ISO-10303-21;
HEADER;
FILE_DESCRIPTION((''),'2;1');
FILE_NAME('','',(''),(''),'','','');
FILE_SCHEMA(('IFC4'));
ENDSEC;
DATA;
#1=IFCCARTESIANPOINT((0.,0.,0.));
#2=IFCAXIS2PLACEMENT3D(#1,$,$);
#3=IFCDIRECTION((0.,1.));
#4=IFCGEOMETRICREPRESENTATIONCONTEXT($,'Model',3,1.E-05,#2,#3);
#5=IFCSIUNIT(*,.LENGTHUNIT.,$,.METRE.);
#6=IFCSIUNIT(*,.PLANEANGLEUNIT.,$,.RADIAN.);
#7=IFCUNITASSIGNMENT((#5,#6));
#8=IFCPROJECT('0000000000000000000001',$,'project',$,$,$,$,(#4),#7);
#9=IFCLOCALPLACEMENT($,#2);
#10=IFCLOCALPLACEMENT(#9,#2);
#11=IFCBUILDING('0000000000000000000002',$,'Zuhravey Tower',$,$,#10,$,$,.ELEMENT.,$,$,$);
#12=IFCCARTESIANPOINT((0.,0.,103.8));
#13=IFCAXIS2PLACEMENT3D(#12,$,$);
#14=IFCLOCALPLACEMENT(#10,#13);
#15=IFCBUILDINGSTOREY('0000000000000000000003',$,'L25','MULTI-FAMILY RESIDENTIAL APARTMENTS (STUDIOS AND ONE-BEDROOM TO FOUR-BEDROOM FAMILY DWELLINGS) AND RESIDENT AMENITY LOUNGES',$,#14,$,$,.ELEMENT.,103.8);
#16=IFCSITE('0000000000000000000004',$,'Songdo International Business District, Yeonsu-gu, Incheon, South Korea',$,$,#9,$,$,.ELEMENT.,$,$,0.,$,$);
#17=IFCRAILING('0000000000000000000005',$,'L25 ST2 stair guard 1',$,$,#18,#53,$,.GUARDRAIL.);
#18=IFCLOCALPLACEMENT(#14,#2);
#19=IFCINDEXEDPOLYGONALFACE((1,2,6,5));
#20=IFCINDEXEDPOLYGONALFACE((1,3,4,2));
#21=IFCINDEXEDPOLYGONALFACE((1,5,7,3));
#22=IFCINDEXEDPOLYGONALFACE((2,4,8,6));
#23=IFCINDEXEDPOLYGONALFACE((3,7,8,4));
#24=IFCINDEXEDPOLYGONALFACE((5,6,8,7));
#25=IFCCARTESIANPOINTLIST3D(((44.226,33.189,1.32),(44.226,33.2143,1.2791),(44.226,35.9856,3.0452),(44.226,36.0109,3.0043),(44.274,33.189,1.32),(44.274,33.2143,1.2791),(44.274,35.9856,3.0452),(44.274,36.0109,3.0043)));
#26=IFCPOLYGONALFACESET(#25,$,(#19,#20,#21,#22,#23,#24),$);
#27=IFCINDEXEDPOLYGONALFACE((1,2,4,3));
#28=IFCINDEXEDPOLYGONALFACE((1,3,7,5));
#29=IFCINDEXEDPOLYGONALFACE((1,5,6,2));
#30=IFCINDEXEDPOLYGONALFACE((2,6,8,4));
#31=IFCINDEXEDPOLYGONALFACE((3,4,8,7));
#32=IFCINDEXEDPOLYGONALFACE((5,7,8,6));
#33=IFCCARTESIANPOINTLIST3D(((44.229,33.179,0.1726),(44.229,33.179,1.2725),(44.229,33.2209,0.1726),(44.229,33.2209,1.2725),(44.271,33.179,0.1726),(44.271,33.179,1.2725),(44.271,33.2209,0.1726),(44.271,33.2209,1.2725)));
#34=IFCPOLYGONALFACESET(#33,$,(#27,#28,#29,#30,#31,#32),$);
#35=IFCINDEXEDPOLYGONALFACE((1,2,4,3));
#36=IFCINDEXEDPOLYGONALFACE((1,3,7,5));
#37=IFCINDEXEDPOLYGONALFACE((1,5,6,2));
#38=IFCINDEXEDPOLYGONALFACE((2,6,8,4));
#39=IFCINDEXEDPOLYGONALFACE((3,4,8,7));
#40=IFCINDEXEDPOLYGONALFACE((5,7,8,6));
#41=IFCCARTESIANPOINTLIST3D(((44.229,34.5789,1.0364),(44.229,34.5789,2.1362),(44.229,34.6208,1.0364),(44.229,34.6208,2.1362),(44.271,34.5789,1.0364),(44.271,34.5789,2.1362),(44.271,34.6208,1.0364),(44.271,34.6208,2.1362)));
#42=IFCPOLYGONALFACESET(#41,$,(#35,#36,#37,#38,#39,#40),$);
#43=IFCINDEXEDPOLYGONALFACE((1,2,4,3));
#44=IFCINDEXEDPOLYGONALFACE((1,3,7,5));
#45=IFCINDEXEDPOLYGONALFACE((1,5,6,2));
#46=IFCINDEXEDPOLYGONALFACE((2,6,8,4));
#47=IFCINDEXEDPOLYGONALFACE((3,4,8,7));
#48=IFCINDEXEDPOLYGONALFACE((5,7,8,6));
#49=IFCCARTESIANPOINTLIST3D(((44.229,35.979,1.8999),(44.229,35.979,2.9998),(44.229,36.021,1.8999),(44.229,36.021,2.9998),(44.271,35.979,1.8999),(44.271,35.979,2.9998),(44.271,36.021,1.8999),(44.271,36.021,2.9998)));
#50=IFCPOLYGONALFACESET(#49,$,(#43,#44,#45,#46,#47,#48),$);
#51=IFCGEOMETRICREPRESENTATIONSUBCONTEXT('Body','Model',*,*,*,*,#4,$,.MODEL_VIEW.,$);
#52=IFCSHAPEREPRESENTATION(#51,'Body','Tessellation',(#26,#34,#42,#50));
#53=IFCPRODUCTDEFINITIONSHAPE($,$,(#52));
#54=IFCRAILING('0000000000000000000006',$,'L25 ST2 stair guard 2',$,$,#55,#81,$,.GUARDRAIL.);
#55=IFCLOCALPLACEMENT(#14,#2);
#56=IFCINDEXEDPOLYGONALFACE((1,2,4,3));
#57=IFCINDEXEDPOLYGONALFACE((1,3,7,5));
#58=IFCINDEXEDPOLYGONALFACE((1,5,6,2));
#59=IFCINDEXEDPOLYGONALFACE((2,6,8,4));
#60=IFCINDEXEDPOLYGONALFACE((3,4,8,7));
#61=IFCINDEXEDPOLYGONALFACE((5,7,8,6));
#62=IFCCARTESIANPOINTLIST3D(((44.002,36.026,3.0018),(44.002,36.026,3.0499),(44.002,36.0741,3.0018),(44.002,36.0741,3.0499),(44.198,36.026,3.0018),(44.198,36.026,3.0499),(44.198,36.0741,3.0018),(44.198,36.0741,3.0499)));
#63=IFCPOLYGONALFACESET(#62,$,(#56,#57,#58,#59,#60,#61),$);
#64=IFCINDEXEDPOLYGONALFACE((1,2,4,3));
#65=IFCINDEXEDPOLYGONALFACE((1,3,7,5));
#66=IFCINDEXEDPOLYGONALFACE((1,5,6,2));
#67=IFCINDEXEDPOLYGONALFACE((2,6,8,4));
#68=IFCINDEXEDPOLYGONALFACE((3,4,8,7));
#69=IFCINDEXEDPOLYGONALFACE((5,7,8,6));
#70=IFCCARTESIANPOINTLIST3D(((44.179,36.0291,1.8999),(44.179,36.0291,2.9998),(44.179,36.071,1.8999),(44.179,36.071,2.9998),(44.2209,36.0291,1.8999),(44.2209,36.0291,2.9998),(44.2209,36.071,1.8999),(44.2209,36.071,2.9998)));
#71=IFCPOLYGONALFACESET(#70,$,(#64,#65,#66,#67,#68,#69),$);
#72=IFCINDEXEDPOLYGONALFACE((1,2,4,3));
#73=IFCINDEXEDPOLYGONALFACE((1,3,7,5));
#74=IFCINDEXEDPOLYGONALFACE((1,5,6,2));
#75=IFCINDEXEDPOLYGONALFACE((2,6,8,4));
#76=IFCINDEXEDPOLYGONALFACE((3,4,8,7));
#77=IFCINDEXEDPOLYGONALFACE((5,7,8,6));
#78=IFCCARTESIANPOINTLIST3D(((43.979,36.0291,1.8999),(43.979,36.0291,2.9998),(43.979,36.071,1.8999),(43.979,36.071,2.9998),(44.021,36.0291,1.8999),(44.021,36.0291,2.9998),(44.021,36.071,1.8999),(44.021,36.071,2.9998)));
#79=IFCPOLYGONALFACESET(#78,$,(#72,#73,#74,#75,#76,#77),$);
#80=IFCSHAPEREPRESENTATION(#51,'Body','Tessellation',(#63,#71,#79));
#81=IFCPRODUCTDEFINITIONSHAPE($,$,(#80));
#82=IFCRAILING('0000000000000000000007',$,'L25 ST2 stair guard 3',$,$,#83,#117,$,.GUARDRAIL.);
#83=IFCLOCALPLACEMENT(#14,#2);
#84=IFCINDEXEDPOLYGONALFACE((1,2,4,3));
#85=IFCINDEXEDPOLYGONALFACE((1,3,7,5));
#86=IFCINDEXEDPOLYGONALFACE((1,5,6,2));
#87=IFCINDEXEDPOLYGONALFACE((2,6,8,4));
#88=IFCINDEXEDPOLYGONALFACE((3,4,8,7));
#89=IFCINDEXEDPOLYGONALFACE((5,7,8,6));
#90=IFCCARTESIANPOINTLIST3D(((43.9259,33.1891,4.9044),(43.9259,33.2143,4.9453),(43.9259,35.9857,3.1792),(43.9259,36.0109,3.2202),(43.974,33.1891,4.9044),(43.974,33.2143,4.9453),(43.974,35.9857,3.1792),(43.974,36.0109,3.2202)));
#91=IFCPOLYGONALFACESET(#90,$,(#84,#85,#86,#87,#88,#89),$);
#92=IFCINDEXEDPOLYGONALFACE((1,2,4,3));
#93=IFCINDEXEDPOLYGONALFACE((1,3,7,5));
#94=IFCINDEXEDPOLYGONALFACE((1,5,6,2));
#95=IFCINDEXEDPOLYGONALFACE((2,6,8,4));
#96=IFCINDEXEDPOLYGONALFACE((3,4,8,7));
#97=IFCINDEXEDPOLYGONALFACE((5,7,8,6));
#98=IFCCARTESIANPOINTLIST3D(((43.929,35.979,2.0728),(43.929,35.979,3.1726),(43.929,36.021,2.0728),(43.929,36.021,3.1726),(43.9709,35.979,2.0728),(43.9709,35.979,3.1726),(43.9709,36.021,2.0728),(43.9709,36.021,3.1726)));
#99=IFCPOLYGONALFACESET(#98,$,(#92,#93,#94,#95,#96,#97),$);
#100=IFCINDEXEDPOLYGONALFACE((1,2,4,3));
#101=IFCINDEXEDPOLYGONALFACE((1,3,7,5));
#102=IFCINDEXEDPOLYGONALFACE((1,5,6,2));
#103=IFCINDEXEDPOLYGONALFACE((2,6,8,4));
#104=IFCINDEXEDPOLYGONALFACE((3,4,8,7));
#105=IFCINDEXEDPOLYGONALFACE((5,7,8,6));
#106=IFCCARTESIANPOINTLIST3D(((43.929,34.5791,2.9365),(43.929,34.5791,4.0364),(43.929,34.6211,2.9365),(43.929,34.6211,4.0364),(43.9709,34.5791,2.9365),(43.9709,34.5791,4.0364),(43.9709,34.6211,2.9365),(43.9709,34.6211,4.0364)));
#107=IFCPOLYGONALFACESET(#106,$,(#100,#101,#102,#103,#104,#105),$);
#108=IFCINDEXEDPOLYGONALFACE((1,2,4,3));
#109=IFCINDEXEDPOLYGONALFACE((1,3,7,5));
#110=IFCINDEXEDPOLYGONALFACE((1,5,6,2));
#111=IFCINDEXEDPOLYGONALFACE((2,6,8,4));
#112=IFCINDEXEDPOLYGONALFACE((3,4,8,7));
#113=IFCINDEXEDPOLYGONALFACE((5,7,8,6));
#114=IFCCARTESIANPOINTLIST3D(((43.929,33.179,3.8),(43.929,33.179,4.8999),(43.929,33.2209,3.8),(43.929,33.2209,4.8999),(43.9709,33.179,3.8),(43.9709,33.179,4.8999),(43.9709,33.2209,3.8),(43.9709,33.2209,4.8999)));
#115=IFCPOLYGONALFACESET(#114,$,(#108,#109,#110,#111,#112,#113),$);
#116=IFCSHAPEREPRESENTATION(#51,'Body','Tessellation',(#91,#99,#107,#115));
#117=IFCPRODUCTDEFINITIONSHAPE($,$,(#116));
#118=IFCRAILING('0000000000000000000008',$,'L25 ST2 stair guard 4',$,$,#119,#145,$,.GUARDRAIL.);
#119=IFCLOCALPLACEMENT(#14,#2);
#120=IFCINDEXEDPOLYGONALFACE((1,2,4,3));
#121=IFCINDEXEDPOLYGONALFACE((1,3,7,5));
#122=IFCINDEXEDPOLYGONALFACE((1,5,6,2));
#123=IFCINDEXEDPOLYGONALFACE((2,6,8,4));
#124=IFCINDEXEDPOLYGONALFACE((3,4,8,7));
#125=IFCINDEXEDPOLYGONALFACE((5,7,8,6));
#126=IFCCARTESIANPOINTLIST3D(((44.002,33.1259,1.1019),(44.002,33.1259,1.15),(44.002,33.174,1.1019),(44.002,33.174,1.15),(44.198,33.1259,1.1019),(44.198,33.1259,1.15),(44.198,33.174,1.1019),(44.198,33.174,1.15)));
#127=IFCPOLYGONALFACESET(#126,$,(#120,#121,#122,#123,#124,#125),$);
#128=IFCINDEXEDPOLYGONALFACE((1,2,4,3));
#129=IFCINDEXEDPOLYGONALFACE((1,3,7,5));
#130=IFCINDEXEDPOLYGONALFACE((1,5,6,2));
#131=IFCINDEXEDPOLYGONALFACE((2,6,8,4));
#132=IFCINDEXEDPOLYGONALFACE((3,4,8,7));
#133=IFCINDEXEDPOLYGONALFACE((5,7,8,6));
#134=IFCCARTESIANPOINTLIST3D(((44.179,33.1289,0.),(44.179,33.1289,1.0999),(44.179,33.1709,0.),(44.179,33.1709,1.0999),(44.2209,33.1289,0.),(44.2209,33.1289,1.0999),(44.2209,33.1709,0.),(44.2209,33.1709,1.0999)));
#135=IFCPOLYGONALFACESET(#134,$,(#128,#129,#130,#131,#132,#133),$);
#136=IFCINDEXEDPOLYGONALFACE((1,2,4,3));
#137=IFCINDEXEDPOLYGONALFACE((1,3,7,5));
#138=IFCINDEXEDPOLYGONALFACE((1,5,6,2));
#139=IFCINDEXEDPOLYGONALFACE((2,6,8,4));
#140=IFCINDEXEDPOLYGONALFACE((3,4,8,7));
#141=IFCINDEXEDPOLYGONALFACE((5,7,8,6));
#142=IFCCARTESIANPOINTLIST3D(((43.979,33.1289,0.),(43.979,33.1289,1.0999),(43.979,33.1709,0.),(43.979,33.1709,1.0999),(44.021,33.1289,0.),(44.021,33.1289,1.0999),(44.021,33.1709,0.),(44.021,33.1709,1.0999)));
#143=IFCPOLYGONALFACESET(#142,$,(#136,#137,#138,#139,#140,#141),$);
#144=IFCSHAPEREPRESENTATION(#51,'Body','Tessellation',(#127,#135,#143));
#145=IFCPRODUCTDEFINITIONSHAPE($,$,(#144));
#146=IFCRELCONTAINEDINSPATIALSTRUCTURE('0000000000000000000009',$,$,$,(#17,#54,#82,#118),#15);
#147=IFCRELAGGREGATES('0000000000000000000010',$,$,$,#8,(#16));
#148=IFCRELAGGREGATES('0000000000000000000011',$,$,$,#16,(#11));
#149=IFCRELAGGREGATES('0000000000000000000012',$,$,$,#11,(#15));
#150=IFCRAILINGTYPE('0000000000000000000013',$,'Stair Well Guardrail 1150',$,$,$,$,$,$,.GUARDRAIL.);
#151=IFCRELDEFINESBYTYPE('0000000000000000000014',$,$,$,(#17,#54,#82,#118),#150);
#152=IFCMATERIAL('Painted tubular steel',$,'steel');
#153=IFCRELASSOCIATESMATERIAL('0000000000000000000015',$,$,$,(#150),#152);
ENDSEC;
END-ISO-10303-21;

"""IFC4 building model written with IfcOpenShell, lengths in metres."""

from ifc_helpers import new_model, si_unit, direction, frame, origin, origin_2d, place, context, subcontext, project, spatial, rectangle, extrude, material, type_object, element, save


model = new_model("IFC4")

# Units and contexts
model_context = context("Model", 3, precision=1e-05, world=origin(), true_north=direction((0.0, 1.0)))
body_context = subcontext(model_context, "Body", "Model", "MODEL_VIEW")
ifc_project = project(units=[si_unit("LENGTHUNIT", "METRE"), si_unit("PLANEANGLEUNIT", "RADIAN")], contexts=[model_context])

# Site, building, storey
site_placement = place(None, origin())
site = spatial("IfcSite", under=ifc_project, at=site_placement, Name="Songdo International Business District, Yeonsu-gu, Incheon, South Korea", CompositionType="ELEMENT", RefElevation=0.0)
building_placement = place(site_placement, origin())
building = spatial("IfcBuilding", under=site, at=building_placement, Name="Zuhravey Tower", CompositionType="ELEMENT")
storey_placement = place(building_placement, frame((0.0, 0.0, 103.8)))
storey = spatial("IfcBuildingStorey", under=building, at=storey_placement, Name="L25", Description="MULTI-FAMILY RESIDENTIAL APARTMENTS (STUDIOS AND ONE-BEDROOM TO FOUR-BEDROOM FAMILY DWELLINGS) AND RESIDENT AMENITY LOUNGES", CompositionType="ELEMENT", Elevation=103.8)

# Railings
ifc_material_1 = material(Name="Painted tubular steel", Category="steel")
railing_type_1 = type_object("IfcRailingType", Name="Stair Well Guardrail 1150", PredefinedType="GUARDRAIL", material=ifc_material_1)
railing_1_placement = place(storey_placement, frame((44.25, 33.2, 0.1726)))
element("IfcRailing", 1, at=railing_1_placement, inside=storey, type_object=railing_type_1, Name="L25 ST2 stair guard 1", PredefinedType="GUARDRAIL", context=body_context, shape_type="SweptSolid", body=[
    extrude(rectangle(XDim=0.0481, YDim=0.0481, at=origin_2d()), frame((0.0, 0.0017, 1.127), z_axis=(0.0, 0.85109, 0.52502), x_axis=(-1.0, 0.0, 0.0)), (0.0, 0.0, 1.0), 3.2859),
    extrude(rectangle(XDim=0.042, YDim=0.042, at=origin_2d()), origin(), (0.0, 0.0, 1.0), 1.0999),
    extrude(rectangle(XDim=0.042, YDim=0.042, at=origin_2d()), frame((0.0, 1.3999, 0.8638)), (0.0, 0.0, 1.0), 1.0999),
    extrude(rectangle(XDim=0.042, YDim=0.042, at=origin_2d()), frame((0.0, 2.8, 1.7273)), (0.0, 0.0, 1.0), 1.0999),
])
railing_2_placement = place(storey_placement, frame((44.2, 36.05, 1.8999)))
element("IfcRailing", 2, at=railing_2_placement, inside=storey, type_object=railing_type_1, Name="L25 ST2 stair guard 2", PredefinedType="GUARDRAIL", context=body_context, shape_type="SweptSolid", body=[
    extrude(rectangle(XDim=0.0481, YDim=0.0481, at=origin_2d()), frame((-0.002, 0.0, 1.126), z_axis=(-1.0, 0.0, 0.0), x_axis=(0.0, -1.0, 0.0)), (0.0, 0.0, 1.0), 0.196),
    extrude(rectangle(XDim=0.042, YDim=0.042, at=origin_2d()), origin(), (0.0, 0.0, 1.0), 1.0999),
    extrude(rectangle(XDim=0.042, YDim=0.042, at=origin_2d()), frame((-0.2, 0.0, 0.0)), (0.0, 0.0, 1.0), 1.0999),
])
railing_3_placement = place(storey_placement, frame((43.95, 36.0, 2.0728)))
element("IfcRailing", 3, at=railing_3_placement, inside=storey, type_object=railing_type_1, Name="L25 ST2 stair guard 3", PredefinedType="GUARDRAIL", context=body_context, shape_type="SweptSolid", body=[
    extrude(rectangle(XDim=0.0481, YDim=0.0481, at=origin_2d()), frame((0.0, -0.0017, 1.127), z_axis=(0.0, -0.85109, 0.52502), x_axis=(1.0, 0.0, 0.0)), (0.0, 0.0, 1.0), 3.2859),
    extrude(rectangle(XDim=0.042, YDim=0.042, at=origin_2d()), origin(), (0.0, 0.0, 1.0), 1.0999),
    extrude(rectangle(XDim=0.042, YDim=0.042, at=origin_2d()), frame((0.0, -1.3999, 0.8638)), (0.0, 0.0, 1.0), 1.0999),
    extrude(rectangle(XDim=0.042, YDim=0.042, at=origin_2d()), frame((0.0, -2.8, 1.7273)), (0.0, 0.0, 1.0), 1.0999),
])
railing_4_placement = place(storey_placement, frame((44.2, 33.1499, 0.0)))
element("IfcRailing", 4, at=railing_4_placement, inside=storey, type_object=railing_type_1, Name="L25 ST2 stair guard 4", PredefinedType="GUARDRAIL", context=body_context, shape_type="SweptSolid", body=[
    extrude(rectangle(XDim=0.0481, YDim=0.0481, at=origin_2d()), frame((-0.002, 0.0, 1.126), z_axis=(-1.0, 0.0, 0.0), x_axis=(0.0, -1.0, 0.0)), (0.0, 0.0, 1.0), 0.196),
    extrude(rectangle(XDim=0.042, YDim=0.042, at=origin_2d()), origin(), (0.0, 0.0, 1.0), 1.0999),
    extrude(rectangle(XDim=0.042, YDim=0.042, at=origin_2d()), frame((-0.2, 0.0, 0.0)), (0.0, 0.0, 1.0), 1.0999),
])

save(model, "model.ifc")
